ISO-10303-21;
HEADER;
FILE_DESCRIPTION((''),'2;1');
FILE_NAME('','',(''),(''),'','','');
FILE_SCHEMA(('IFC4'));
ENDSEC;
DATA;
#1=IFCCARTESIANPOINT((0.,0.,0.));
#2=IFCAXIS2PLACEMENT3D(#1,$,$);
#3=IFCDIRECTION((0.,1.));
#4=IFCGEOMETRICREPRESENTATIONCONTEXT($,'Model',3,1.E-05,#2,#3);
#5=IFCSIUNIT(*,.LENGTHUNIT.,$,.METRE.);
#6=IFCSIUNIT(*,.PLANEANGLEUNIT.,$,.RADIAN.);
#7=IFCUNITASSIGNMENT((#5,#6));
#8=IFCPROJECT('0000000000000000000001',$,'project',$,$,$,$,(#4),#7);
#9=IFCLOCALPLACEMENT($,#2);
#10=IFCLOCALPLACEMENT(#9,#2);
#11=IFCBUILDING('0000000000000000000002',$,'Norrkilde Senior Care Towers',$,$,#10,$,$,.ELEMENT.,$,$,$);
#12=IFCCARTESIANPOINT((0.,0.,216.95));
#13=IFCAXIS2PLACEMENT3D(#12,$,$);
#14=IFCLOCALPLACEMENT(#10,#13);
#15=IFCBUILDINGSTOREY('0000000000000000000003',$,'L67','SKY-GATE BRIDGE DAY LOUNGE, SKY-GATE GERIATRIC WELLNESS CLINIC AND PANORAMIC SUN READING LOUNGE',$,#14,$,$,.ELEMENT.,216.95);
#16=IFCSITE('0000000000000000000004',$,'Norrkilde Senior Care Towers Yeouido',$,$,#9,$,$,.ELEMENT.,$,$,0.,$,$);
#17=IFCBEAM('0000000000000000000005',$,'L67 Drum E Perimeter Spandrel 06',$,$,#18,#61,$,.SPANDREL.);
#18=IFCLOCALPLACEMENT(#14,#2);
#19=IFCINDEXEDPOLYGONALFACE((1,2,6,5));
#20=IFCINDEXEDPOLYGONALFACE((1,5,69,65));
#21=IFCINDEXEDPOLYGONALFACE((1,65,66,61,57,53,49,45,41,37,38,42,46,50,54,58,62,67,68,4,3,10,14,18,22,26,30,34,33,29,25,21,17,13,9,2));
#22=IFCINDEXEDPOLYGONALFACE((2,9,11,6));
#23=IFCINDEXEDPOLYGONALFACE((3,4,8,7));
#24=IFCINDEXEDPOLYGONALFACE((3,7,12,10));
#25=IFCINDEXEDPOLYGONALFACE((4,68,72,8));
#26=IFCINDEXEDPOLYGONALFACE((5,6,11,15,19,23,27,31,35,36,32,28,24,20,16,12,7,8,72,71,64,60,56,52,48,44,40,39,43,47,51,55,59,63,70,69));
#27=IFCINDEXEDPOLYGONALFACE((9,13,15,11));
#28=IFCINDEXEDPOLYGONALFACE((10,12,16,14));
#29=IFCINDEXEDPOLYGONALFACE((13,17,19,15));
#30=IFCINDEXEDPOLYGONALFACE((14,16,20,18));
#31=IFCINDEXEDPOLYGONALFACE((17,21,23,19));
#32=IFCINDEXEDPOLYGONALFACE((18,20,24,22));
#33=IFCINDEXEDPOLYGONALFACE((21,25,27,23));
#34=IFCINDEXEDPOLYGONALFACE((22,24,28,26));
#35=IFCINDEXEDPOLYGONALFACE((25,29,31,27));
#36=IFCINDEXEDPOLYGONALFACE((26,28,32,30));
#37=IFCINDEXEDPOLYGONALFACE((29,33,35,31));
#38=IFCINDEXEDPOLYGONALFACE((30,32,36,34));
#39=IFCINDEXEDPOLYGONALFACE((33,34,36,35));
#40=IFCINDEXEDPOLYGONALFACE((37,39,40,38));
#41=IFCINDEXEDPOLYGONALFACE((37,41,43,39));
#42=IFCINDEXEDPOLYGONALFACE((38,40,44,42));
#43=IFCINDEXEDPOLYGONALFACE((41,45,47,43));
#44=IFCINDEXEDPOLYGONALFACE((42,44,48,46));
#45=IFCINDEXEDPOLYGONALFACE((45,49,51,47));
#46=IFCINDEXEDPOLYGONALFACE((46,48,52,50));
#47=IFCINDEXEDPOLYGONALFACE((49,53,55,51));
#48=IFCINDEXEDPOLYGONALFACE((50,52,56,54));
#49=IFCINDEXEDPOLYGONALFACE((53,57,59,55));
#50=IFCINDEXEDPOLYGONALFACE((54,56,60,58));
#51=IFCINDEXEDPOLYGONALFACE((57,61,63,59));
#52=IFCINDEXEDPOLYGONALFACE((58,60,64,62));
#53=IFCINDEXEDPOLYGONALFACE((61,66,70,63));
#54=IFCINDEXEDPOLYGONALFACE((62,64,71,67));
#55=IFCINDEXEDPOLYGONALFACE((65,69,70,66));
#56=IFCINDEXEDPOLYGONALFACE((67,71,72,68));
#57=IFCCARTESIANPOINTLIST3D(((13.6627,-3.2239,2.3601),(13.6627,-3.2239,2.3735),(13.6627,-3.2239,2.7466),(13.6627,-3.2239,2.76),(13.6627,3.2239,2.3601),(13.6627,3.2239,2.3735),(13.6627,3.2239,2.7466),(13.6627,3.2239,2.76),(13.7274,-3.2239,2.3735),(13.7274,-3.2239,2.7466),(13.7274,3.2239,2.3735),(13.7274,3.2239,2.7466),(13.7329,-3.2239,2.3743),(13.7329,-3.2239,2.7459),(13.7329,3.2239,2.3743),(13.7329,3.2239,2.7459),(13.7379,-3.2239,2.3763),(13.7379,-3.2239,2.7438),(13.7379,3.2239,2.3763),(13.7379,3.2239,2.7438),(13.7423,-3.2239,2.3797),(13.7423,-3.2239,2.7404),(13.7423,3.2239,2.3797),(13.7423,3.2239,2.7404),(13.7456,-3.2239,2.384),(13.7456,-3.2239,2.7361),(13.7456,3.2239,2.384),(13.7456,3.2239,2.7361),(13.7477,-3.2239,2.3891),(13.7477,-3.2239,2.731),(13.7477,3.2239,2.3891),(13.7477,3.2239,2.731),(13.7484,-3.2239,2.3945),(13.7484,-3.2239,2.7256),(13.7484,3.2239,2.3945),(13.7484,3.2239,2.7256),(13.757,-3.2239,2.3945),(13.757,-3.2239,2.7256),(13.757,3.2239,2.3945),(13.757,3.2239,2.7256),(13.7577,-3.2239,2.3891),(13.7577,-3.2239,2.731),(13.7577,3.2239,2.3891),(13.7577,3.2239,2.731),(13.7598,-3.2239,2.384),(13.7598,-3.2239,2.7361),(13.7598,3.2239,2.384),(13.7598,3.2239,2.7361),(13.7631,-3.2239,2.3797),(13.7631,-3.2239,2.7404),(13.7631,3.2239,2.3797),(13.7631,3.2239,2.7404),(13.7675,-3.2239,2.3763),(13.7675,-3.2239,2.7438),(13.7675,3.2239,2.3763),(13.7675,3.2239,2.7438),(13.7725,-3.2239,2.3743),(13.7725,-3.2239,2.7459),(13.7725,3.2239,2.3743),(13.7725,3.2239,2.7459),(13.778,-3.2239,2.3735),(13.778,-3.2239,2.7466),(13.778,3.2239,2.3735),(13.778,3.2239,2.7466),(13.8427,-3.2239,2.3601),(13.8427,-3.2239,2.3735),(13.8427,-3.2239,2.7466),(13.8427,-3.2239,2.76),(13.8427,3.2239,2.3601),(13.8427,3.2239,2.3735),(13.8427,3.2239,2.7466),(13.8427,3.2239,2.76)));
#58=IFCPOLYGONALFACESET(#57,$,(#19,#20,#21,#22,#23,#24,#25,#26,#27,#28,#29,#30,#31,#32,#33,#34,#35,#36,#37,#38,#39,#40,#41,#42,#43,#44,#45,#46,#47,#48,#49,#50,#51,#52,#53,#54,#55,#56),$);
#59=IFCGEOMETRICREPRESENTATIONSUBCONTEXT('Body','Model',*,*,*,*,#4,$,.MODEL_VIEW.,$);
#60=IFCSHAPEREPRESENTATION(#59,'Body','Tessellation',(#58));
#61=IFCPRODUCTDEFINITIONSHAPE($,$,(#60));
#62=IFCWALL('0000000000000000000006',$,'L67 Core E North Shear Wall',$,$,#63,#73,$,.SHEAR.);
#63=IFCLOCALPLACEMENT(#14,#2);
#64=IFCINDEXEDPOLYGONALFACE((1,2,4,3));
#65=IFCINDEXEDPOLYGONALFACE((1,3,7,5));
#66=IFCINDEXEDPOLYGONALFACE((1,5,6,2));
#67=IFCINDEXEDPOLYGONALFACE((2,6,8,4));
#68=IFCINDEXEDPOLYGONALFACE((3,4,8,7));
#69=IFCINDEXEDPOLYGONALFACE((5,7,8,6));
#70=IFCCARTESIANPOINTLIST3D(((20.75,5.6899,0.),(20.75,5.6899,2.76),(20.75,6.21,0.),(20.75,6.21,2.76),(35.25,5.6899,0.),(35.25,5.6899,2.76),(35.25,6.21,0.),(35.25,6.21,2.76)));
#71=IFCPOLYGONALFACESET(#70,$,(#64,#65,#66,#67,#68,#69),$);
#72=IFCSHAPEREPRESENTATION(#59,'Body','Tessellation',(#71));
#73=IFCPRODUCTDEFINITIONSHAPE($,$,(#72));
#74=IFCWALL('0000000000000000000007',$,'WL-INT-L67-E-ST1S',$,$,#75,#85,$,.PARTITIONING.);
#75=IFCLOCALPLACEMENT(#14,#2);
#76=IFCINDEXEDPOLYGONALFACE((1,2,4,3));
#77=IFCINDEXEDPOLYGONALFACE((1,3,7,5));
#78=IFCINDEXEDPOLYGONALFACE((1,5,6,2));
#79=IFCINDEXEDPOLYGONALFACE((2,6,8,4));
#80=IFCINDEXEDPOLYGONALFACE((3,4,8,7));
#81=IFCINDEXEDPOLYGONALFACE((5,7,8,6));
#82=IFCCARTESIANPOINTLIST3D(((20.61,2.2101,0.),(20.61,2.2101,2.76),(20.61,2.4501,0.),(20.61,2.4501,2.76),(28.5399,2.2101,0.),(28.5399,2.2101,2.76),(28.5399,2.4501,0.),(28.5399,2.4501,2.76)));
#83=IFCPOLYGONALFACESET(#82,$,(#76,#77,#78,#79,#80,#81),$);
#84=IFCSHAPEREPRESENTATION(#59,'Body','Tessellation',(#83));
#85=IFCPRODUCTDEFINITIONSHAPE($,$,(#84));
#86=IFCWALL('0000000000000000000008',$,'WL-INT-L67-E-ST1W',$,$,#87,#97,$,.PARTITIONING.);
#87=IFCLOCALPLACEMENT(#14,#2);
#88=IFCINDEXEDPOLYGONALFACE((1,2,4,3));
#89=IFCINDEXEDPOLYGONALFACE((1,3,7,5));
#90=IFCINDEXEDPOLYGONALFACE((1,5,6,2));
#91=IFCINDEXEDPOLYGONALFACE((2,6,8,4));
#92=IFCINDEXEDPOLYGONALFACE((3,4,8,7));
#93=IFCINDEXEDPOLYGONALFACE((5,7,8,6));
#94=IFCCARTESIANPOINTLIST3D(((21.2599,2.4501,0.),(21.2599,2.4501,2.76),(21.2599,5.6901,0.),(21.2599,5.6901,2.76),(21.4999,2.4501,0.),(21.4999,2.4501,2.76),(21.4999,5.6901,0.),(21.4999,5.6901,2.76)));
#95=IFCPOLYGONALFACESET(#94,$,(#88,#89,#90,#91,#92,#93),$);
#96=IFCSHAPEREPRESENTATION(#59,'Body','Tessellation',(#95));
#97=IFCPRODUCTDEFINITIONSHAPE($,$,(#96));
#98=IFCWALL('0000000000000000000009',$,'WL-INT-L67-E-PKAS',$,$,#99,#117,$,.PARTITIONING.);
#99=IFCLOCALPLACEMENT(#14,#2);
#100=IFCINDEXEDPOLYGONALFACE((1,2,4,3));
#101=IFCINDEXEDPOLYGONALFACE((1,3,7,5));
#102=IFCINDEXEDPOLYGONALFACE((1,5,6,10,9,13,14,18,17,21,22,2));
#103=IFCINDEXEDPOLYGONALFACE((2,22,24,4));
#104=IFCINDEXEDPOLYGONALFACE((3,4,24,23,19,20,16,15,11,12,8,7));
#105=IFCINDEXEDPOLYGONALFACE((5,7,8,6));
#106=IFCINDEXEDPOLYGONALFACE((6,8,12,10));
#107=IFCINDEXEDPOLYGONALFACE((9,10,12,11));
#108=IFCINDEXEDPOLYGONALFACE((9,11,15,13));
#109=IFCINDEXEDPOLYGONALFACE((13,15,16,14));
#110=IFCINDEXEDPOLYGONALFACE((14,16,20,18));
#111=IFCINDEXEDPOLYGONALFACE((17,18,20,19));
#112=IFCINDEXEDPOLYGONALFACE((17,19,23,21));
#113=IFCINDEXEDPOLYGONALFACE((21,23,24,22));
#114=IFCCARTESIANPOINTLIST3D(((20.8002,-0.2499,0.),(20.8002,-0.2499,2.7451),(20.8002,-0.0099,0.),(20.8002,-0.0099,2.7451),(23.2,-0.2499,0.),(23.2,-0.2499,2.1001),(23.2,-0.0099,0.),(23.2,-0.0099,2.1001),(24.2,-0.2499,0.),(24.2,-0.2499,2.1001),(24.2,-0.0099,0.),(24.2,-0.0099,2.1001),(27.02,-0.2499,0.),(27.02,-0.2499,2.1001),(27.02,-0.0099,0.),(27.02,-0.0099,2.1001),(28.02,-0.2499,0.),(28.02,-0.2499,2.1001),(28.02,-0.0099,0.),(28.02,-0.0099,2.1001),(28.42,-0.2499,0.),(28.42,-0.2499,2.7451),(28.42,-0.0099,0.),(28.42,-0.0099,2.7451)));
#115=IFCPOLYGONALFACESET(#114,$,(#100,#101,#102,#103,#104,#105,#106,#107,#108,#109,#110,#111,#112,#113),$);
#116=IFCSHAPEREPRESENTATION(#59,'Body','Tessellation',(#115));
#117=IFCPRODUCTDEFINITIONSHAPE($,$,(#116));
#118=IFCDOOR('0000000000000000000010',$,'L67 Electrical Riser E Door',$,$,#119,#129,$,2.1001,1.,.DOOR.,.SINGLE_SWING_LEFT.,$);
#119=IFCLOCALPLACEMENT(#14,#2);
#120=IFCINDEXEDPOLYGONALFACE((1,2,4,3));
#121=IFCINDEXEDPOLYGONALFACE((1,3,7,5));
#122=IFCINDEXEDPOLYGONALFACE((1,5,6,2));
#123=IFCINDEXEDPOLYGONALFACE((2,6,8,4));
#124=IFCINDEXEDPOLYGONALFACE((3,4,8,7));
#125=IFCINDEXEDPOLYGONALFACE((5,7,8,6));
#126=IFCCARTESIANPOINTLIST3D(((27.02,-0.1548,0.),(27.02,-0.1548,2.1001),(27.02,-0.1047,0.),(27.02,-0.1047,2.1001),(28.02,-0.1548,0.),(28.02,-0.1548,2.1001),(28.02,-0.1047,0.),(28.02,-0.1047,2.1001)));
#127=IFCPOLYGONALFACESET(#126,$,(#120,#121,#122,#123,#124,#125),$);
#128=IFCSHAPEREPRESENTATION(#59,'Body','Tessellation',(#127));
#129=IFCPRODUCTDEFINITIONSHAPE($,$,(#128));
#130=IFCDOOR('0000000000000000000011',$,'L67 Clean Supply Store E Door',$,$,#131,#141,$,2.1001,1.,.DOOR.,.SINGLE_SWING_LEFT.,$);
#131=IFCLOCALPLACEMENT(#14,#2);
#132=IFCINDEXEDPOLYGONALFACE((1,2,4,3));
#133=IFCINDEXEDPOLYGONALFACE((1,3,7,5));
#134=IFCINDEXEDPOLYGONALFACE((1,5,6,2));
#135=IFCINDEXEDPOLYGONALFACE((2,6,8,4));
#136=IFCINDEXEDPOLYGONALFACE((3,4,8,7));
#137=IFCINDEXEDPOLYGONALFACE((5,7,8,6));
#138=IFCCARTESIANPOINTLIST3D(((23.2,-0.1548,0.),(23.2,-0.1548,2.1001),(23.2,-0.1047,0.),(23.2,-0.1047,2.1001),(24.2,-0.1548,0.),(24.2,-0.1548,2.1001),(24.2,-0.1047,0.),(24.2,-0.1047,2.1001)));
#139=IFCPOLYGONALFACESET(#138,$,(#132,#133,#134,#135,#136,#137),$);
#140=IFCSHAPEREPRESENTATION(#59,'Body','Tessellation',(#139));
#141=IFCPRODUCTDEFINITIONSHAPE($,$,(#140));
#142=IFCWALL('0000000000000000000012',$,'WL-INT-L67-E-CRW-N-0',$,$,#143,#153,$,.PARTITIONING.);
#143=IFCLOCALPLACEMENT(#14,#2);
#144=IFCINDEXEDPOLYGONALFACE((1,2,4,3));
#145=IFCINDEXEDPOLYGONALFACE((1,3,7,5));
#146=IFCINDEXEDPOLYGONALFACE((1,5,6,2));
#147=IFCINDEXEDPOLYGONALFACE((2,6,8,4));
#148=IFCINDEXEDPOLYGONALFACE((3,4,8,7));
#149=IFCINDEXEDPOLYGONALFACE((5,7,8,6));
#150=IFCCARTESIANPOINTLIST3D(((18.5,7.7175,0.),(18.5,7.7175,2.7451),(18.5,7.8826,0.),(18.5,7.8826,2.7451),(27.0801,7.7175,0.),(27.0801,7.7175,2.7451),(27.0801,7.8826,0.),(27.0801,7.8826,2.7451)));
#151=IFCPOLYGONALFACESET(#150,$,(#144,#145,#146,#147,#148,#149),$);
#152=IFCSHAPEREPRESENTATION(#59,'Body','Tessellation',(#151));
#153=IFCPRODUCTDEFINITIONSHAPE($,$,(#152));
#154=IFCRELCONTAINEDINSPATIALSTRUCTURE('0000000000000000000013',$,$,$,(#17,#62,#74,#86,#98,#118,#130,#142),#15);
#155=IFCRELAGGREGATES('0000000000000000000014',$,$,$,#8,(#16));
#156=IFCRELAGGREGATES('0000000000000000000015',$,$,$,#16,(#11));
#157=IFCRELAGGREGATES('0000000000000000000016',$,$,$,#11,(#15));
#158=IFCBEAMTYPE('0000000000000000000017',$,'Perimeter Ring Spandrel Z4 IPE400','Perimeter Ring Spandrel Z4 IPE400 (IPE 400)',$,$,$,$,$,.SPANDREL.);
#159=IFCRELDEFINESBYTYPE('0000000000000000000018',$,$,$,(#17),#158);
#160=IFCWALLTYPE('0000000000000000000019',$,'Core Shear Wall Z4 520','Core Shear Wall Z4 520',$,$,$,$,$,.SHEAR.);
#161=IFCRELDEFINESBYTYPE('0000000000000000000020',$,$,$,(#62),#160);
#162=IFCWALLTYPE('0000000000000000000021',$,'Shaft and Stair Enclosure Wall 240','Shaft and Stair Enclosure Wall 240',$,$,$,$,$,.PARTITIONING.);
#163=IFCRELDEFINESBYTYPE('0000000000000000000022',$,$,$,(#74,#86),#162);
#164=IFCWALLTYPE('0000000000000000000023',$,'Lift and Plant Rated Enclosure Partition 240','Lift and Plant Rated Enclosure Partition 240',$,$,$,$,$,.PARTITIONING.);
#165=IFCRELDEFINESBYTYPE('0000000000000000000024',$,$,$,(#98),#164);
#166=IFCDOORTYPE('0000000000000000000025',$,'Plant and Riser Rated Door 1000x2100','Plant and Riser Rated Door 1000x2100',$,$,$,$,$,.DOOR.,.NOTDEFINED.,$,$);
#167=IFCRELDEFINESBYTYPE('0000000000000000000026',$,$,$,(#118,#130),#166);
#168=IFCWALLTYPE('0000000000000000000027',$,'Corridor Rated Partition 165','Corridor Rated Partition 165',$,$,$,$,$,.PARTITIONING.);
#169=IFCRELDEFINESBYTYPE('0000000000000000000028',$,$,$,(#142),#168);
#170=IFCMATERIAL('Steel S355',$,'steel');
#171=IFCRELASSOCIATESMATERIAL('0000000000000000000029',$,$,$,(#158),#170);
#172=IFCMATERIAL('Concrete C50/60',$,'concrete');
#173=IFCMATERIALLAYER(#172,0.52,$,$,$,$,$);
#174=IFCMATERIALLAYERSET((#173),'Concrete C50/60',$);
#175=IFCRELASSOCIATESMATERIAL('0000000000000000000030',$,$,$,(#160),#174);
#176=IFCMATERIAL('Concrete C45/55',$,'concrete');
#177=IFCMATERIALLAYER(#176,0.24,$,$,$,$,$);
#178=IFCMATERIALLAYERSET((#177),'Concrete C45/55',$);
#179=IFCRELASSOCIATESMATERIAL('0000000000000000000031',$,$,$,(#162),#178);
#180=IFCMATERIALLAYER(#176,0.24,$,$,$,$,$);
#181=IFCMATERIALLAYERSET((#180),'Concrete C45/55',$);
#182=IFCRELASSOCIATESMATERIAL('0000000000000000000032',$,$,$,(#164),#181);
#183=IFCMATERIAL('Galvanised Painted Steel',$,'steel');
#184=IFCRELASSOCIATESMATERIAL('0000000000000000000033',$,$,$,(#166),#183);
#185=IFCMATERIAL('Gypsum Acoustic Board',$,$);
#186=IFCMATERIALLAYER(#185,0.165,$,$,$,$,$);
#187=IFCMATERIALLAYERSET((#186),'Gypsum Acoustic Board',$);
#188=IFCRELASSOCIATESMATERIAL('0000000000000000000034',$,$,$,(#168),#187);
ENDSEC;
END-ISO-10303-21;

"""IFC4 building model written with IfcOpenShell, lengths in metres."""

from ifc_helpers import new_model, si_unit, direction, frame, frame_2d, origin, origin_2d, place, context, subcontext, project, spatial, rectangle, i_section, extrude, source, transform, mapped, material, layer, layer_set, material_profile, profile_set, type_object, type_shapes, element, fill, save


model = new_model("IFC4")

# Units and contexts
model_context = context("Model", 3, precision=1e-05, world=origin(), true_north=direction((0.0, 1.0)))
body_context = subcontext(model_context, "Body", "Model", "MODEL_VIEW")
ifc_project = project(units=[si_unit("LENGTHUNIT", "METRE"), si_unit("PLANEANGLEUNIT", "RADIAN")], contexts=[model_context])

# Site, building, storey
site_placement = place(None, origin())
site = spatial("IfcSite", under=ifc_project, at=site_placement, Name="Norrkilde Senior Care Towers Yeouido", CompositionType="ELEMENT", RefElevation=0.0)
building_placement = place(site_placement, origin())
building = spatial("IfcBuilding", under=site, at=building_placement, Name="Norrkilde Senior Care Towers", CompositionType="ELEMENT")
storey_placement = place(building_placement, frame((0.0, 0.0, 216.95)))
storey = spatial("IfcBuildingStorey", under=building, at=storey_placement, Name="L67", Description="SKY-GATE BRIDGE DAY LOUNGE, SKY-GATE GERIATRIC WELLNESS CLINIC AND PANORAMIC SUN READING LOUNGE", CompositionType="ELEMENT", Elevation=216.95)

# Shared definitions
ifc_material_1 = material(Name="Concrete C50/60", Category="concrete")

# Beam
ifc_material_2 = material(Name="Steel S355", Category="steel")
ifc_material_profile_1 = material_profile(ifc_material_2, i_section(OverallWidth=0.1799, OverallDepth=0.3999, WebThickness=0.0085, FlangeThickness=0.0134, FilletRadius=0.021, at=origin_2d()), Name="IPE 400")
ifc_profile_set_1 = profile_set([ifc_material_profile_1], Name="Steel S355")
beam_type_1 = type_object("IfcBeamType", Name="Perimeter Ring Spandrel Z4 IPE400", Description="Perimeter Ring Spandrel Z4 IPE400 (IPE 400)", PredefinedType="SPANDREL", material=ifc_profile_set_1)
shared_shape_1 = source(origin(), body_context, "Body", "SweptSolid", [
    extrude(i_section(OverallWidth=0.1799, OverallDepth=0.3999, WebThickness=0.0085, FlangeThickness=0.0134, FilletRadius=0.021, at=origin_2d()), origin(), (0.0, 0.0, 1.0), 6.4478),
])
type_shapes(beam_type_1, [shared_shape_1])
beam_1_placement = place(storey_placement, frame((13.7527, 3.2239, 2.5601), z_axis=(0.0, -1.0, 0.0), x_axis=(1.0, 0.0, 0.0)))
element("IfcBeam", 1, at=beam_1_placement, inside=storey, type_object=beam_type_1, Name="L67 Drum E Perimeter Spandrel 06", PredefinedType="SPANDREL", context=body_context, shape_type="MappedRepresentation", body=[
    mapped(shared_shape_1, transform((0.0, 0.0, 0.0), x_axis=(1.0, 0.0, 0.0), y_axis=(0.0, 1.0, 0.0), z_axis=(0.0, 0.0, 1.0), scale=1.0)),
])

# Walls
ifc_layer_1 = layer(ifc_material_1, 0.52)
ifc_layer_set_1 = layer_set([ifc_layer_1], Name="Concrete C50/60")
wall_type_1 = type_object("IfcWallType", Name="Core Shear Wall Z4 520", Description="Core Shear Wall Z4 520", PredefinedType="SHEAR", material=ifc_layer_set_1)
shared_shape_2 = source(origin(), body_context, "Body", "SweptSolid", [
    extrude(rectangle(XDim=14.5, YDim=0.52, at=frame_2d((7.25, 0.0))), origin(), (0.0, 0.0, 1.0), 2.76),
])
type_shapes(wall_type_1, [shared_shape_2])
wall_1_placement = place(storey_placement, frame((20.75, 5.95, 0.0), z_axis=(0.0, 0.0, 1.0), x_axis=(1.0, 0.0, 0.0)))
element("IfcWall", 2, at=wall_1_placement, inside=storey, type_object=wall_type_1, Name="L67 Core E North Shear Wall", PredefinedType="SHEAR", context=body_context, shape_type="MappedRepresentation", body=[
    mapped(shared_shape_2, transform((0.0, 0.0, 0.0), x_axis=(1.0, 0.0, 0.0), y_axis=(0.0, 1.0, 0.0), z_axis=(0.0, 0.0, 1.0), scale=1.0)),
])
ifc_material_3 = material(Name="Concrete C45/55", Category="concrete")
ifc_layer_2 = layer(ifc_material_3, 0.24)
ifc_layer_set_2 = layer_set([ifc_layer_2], Name="Concrete C45/55")
wall_type_2 = type_object("IfcWallType", Name="Shaft and Stair Enclosure Wall 240", Description="Shaft and Stair Enclosure Wall 240", PredefinedType="PARTITIONING", material=ifc_layer_set_2)
shared_shape_3 = source(origin(), body_context, "Body", "SweptSolid", [
    extrude(rectangle(XDim=7.9299, YDim=0.24, at=frame_2d((3.9648, 0.0))), origin(), (0.0, 0.0, 1.0), 2.76),
])
wall_2_placement = place(storey_placement, frame((20.6101, 2.3301, 0.0), z_axis=(0.0, 0.0, 1.0), x_axis=(1.0, 0.0, 0.0)))
element("IfcWall", 3, at=wall_2_placement, inside=storey, type_object=wall_type_2, Name="WL-INT-L67-E-ST1S", PredefinedType="PARTITIONING", context=body_context, shape_type="MappedRepresentation", body=[
    mapped(shared_shape_3, transform((0.0, 0.0, 0.0), x_axis=(1.0, 0.0, 0.0), y_axis=(0.0, 1.0, 0.0), z_axis=(0.0, 0.0, 1.0), scale=1.0)),
])
shared_shape_4 = source(origin(), body_context, "Body", "SweptSolid", [
    extrude(rectangle(XDim=3.24, YDim=0.24, at=frame_2d((1.6201, 0.0))), origin(), (0.0, 0.0, 1.0), 2.76),
])
type_shapes(wall_type_2, [shared_shape_3, shared_shape_4])
wall_3_placement = place(storey_placement, frame((21.3799, 2.45, 0.0), z_axis=(0.0, 0.0, 1.0), x_axis=(0.0, 1.0, 0.0)))
element("IfcWall", 4, at=wall_3_placement, inside=storey, type_object=wall_type_2, Name="WL-INT-L67-E-ST1W", PredefinedType="PARTITIONING", context=body_context, shape_type="MappedRepresentation", body=[
    mapped(shared_shape_4, transform((0.0, 0.0, 0.0), x_axis=(1.0, 0.0, 0.0), y_axis=(0.0, 1.0, 0.0), z_axis=(0.0, 0.0, 1.0), scale=1.0)),
])

# Wall, openings, doors
ifc_layer_3 = layer(ifc_material_3, 0.24)
ifc_layer_set_3 = layer_set([ifc_layer_3], Name="Concrete C45/55")
wall_type_3 = type_object("IfcWallType", Name="Lift and Plant Rated Enclosure Partition 240", Description="Lift and Plant Rated Enclosure Partition 240", PredefinedType="PARTITIONING", material=ifc_layer_set_3)
shared_shape_5 = source(origin(), body_context, "Body", "SweptSolid", [
    extrude(rectangle(XDim=7.6199, YDim=0.24, at=frame_2d((3.8101, 0.0))), origin(), (0.0, 0.0, 1.0), 2.7451),
])
type_shapes(wall_type_3, [shared_shape_5])
wall_4_placement = place(storey_placement, frame((20.8, -0.1299, 0.0), z_axis=(0.0, 0.0, 1.0), x_axis=(1.0, 0.0, 0.0)))
wall_4 = element("IfcWall", 5, at=wall_4_placement, inside=storey, type_object=wall_type_3, Name="WL-INT-L67-E-PKAS", PredefinedType="PARTITIONING", context=body_context, shape_type="MappedRepresentation", body=[
    mapped(shared_shape_5, transform((0.0, 0.0, 0.0), x_axis=(1.0, 0.0, 0.0), y_axis=(0.0, 1.0, 0.0), z_axis=(0.0, 0.0, 1.0), scale=1.0)),
])
opening_1_placement = place(wall_4_placement, frame((6.22, 0.0, 0.0)))
opening_1 = element("IfcOpeningElement", 6, at=opening_1_placement, cuts=wall_4, PredefinedType="OPENING", context=body_context, shape_type="SweptSolid", body=[
    extrude(rectangle(XDim=1.0, YDim=2.1001, at=frame_2d((0.5, 1.05))), frame((0.0, 0.1299, 0.0), z_axis=(0.0, -1.0, 0.0), x_axis=(1.0, 0.0, 0.0)), (0.0, 0.0, 1.0), 0.26),
])
opening_2_placement = place(wall_4_placement, frame((2.3999, 0.0, 0.0)))
opening_2 = element("IfcOpeningElement", 7, at=opening_2_placement, cuts=wall_4, PredefinedType="OPENING", context=body_context, shape_type="SweptSolid", body=[
    extrude(rectangle(XDim=1.0, YDim=2.1001, at=frame_2d((0.5, 1.05))), frame((0.0, 0.1299, 0.0), z_axis=(0.0, -1.0, 0.0), x_axis=(1.0, 0.0, 0.0)), (0.0, 0.0, 1.0), 0.26),
])
ifc_material_4 = material(Name="Galvanised Painted Steel", Category="steel")
door_type_1 = type_object("IfcDoorType", Name="Plant and Riser Rated Door 1000x2100", Description="Plant and Riser Rated Door 1000x2100", OperationType="NOTDEFINED", PredefinedType="DOOR", material=ifc_material_4)
shared_shape_6 = source(origin(), body_context, "Body", "SweptSolid", [
    extrude(rectangle(XDim=1.0, YDim=2.1001, at=frame_2d((0.5, 1.05))), frame((0.0, 0.0249, 0.0), z_axis=(0.0, -1.0, 0.0), x_axis=(1.0, 0.0, 0.0)), (0.0, 0.0, 1.0), 0.05),
])
type_shapes(door_type_1, [shared_shape_6])
door_1_placement = place(opening_1_placement, frame((1.0, 0.0, 0.0), z_axis=(0.0, 0.0, 1.0), x_axis=(-1.0, 0.0, 0.0)))
door_1 = element("IfcDoor", 8, at=door_1_placement, inside=storey, type_object=door_type_1, Name="L67 Electrical Riser E Door", OperationType="SINGLE_SWING_LEFT", OverallHeight=2.1001, OverallWidth=1.0, PredefinedType="DOOR", context=body_context, shape_type="MappedRepresentation", body=[
    mapped(shared_shape_6, transform((0.0, 0.0, 0.0), x_axis=(1.0, 0.0, 0.0), y_axis=(0.0, 1.0, 0.0), z_axis=(0.0, 0.0, 1.0), scale=1.0)),
])
fill(opening_1, door_1)
door_2_placement = place(opening_2_placement, frame((1.0, 0.0, 0.0), z_axis=(0.0, 0.0, 1.0), x_axis=(-1.0, 0.0, 0.0)))
door_2 = element("IfcDoor", 9, at=door_2_placement, inside=storey, type_object=door_type_1, Name="L67 Clean Supply Store E Door", OperationType="SINGLE_SWING_LEFT", OverallHeight=2.1001, OverallWidth=1.0, PredefinedType="DOOR", context=body_context, shape_type="MappedRepresentation", body=[
    mapped(shared_shape_6, transform((0.0, 0.0, 0.0), x_axis=(1.0, 0.0, 0.0), y_axis=(0.0, 1.0, 0.0), z_axis=(0.0, 0.0, 1.0), scale=1.0)),
])
fill(opening_2, door_2)

# Wall
ifc_material_5 = material(Name="Gypsum Acoustic Board")
ifc_layer_4 = layer(ifc_material_5, 0.165)
ifc_layer_set_4 = layer_set([ifc_layer_4], Name="Gypsum Acoustic Board")
wall_type_4 = type_object("IfcWallType", Name="Corridor Rated Partition 165", Description="Corridor Rated Partition 165", PredefinedType="PARTITIONING", material=ifc_layer_set_4)
shared_shape_7 = source(origin(), body_context, "Body", "SweptSolid", [
    extrude(rectangle(XDim=8.5801, YDim=0.165, at=frame_2d((4.29, 0.0))), origin(), (0.0, 0.0, 1.0), 2.7451),
])
wall_5_placement = place(storey_placement, frame((18.5, 7.8, 0.0), z_axis=(0.0, 0.0, 1.0), x_axis=(1.0, 0.0, 0.0)))
element("IfcWall", 10, at=wall_5_placement, inside=storey, type_object=wall_type_4, Name="WL-INT-L67-E-CRW-N-0", PredefinedType="PARTITIONING", context=body_context, shape_type="MappedRepresentation", body=[
    mapped(shared_shape_7, transform((0.0, 0.0, 0.0), x_axis=(1.0, 0.0, 0.0), y_axis=(0.0, 1.0, 0.0), z_axis=(0.0, 0.0, 1.0), scale=1.0)),
])

save(model, "model.ifc")
